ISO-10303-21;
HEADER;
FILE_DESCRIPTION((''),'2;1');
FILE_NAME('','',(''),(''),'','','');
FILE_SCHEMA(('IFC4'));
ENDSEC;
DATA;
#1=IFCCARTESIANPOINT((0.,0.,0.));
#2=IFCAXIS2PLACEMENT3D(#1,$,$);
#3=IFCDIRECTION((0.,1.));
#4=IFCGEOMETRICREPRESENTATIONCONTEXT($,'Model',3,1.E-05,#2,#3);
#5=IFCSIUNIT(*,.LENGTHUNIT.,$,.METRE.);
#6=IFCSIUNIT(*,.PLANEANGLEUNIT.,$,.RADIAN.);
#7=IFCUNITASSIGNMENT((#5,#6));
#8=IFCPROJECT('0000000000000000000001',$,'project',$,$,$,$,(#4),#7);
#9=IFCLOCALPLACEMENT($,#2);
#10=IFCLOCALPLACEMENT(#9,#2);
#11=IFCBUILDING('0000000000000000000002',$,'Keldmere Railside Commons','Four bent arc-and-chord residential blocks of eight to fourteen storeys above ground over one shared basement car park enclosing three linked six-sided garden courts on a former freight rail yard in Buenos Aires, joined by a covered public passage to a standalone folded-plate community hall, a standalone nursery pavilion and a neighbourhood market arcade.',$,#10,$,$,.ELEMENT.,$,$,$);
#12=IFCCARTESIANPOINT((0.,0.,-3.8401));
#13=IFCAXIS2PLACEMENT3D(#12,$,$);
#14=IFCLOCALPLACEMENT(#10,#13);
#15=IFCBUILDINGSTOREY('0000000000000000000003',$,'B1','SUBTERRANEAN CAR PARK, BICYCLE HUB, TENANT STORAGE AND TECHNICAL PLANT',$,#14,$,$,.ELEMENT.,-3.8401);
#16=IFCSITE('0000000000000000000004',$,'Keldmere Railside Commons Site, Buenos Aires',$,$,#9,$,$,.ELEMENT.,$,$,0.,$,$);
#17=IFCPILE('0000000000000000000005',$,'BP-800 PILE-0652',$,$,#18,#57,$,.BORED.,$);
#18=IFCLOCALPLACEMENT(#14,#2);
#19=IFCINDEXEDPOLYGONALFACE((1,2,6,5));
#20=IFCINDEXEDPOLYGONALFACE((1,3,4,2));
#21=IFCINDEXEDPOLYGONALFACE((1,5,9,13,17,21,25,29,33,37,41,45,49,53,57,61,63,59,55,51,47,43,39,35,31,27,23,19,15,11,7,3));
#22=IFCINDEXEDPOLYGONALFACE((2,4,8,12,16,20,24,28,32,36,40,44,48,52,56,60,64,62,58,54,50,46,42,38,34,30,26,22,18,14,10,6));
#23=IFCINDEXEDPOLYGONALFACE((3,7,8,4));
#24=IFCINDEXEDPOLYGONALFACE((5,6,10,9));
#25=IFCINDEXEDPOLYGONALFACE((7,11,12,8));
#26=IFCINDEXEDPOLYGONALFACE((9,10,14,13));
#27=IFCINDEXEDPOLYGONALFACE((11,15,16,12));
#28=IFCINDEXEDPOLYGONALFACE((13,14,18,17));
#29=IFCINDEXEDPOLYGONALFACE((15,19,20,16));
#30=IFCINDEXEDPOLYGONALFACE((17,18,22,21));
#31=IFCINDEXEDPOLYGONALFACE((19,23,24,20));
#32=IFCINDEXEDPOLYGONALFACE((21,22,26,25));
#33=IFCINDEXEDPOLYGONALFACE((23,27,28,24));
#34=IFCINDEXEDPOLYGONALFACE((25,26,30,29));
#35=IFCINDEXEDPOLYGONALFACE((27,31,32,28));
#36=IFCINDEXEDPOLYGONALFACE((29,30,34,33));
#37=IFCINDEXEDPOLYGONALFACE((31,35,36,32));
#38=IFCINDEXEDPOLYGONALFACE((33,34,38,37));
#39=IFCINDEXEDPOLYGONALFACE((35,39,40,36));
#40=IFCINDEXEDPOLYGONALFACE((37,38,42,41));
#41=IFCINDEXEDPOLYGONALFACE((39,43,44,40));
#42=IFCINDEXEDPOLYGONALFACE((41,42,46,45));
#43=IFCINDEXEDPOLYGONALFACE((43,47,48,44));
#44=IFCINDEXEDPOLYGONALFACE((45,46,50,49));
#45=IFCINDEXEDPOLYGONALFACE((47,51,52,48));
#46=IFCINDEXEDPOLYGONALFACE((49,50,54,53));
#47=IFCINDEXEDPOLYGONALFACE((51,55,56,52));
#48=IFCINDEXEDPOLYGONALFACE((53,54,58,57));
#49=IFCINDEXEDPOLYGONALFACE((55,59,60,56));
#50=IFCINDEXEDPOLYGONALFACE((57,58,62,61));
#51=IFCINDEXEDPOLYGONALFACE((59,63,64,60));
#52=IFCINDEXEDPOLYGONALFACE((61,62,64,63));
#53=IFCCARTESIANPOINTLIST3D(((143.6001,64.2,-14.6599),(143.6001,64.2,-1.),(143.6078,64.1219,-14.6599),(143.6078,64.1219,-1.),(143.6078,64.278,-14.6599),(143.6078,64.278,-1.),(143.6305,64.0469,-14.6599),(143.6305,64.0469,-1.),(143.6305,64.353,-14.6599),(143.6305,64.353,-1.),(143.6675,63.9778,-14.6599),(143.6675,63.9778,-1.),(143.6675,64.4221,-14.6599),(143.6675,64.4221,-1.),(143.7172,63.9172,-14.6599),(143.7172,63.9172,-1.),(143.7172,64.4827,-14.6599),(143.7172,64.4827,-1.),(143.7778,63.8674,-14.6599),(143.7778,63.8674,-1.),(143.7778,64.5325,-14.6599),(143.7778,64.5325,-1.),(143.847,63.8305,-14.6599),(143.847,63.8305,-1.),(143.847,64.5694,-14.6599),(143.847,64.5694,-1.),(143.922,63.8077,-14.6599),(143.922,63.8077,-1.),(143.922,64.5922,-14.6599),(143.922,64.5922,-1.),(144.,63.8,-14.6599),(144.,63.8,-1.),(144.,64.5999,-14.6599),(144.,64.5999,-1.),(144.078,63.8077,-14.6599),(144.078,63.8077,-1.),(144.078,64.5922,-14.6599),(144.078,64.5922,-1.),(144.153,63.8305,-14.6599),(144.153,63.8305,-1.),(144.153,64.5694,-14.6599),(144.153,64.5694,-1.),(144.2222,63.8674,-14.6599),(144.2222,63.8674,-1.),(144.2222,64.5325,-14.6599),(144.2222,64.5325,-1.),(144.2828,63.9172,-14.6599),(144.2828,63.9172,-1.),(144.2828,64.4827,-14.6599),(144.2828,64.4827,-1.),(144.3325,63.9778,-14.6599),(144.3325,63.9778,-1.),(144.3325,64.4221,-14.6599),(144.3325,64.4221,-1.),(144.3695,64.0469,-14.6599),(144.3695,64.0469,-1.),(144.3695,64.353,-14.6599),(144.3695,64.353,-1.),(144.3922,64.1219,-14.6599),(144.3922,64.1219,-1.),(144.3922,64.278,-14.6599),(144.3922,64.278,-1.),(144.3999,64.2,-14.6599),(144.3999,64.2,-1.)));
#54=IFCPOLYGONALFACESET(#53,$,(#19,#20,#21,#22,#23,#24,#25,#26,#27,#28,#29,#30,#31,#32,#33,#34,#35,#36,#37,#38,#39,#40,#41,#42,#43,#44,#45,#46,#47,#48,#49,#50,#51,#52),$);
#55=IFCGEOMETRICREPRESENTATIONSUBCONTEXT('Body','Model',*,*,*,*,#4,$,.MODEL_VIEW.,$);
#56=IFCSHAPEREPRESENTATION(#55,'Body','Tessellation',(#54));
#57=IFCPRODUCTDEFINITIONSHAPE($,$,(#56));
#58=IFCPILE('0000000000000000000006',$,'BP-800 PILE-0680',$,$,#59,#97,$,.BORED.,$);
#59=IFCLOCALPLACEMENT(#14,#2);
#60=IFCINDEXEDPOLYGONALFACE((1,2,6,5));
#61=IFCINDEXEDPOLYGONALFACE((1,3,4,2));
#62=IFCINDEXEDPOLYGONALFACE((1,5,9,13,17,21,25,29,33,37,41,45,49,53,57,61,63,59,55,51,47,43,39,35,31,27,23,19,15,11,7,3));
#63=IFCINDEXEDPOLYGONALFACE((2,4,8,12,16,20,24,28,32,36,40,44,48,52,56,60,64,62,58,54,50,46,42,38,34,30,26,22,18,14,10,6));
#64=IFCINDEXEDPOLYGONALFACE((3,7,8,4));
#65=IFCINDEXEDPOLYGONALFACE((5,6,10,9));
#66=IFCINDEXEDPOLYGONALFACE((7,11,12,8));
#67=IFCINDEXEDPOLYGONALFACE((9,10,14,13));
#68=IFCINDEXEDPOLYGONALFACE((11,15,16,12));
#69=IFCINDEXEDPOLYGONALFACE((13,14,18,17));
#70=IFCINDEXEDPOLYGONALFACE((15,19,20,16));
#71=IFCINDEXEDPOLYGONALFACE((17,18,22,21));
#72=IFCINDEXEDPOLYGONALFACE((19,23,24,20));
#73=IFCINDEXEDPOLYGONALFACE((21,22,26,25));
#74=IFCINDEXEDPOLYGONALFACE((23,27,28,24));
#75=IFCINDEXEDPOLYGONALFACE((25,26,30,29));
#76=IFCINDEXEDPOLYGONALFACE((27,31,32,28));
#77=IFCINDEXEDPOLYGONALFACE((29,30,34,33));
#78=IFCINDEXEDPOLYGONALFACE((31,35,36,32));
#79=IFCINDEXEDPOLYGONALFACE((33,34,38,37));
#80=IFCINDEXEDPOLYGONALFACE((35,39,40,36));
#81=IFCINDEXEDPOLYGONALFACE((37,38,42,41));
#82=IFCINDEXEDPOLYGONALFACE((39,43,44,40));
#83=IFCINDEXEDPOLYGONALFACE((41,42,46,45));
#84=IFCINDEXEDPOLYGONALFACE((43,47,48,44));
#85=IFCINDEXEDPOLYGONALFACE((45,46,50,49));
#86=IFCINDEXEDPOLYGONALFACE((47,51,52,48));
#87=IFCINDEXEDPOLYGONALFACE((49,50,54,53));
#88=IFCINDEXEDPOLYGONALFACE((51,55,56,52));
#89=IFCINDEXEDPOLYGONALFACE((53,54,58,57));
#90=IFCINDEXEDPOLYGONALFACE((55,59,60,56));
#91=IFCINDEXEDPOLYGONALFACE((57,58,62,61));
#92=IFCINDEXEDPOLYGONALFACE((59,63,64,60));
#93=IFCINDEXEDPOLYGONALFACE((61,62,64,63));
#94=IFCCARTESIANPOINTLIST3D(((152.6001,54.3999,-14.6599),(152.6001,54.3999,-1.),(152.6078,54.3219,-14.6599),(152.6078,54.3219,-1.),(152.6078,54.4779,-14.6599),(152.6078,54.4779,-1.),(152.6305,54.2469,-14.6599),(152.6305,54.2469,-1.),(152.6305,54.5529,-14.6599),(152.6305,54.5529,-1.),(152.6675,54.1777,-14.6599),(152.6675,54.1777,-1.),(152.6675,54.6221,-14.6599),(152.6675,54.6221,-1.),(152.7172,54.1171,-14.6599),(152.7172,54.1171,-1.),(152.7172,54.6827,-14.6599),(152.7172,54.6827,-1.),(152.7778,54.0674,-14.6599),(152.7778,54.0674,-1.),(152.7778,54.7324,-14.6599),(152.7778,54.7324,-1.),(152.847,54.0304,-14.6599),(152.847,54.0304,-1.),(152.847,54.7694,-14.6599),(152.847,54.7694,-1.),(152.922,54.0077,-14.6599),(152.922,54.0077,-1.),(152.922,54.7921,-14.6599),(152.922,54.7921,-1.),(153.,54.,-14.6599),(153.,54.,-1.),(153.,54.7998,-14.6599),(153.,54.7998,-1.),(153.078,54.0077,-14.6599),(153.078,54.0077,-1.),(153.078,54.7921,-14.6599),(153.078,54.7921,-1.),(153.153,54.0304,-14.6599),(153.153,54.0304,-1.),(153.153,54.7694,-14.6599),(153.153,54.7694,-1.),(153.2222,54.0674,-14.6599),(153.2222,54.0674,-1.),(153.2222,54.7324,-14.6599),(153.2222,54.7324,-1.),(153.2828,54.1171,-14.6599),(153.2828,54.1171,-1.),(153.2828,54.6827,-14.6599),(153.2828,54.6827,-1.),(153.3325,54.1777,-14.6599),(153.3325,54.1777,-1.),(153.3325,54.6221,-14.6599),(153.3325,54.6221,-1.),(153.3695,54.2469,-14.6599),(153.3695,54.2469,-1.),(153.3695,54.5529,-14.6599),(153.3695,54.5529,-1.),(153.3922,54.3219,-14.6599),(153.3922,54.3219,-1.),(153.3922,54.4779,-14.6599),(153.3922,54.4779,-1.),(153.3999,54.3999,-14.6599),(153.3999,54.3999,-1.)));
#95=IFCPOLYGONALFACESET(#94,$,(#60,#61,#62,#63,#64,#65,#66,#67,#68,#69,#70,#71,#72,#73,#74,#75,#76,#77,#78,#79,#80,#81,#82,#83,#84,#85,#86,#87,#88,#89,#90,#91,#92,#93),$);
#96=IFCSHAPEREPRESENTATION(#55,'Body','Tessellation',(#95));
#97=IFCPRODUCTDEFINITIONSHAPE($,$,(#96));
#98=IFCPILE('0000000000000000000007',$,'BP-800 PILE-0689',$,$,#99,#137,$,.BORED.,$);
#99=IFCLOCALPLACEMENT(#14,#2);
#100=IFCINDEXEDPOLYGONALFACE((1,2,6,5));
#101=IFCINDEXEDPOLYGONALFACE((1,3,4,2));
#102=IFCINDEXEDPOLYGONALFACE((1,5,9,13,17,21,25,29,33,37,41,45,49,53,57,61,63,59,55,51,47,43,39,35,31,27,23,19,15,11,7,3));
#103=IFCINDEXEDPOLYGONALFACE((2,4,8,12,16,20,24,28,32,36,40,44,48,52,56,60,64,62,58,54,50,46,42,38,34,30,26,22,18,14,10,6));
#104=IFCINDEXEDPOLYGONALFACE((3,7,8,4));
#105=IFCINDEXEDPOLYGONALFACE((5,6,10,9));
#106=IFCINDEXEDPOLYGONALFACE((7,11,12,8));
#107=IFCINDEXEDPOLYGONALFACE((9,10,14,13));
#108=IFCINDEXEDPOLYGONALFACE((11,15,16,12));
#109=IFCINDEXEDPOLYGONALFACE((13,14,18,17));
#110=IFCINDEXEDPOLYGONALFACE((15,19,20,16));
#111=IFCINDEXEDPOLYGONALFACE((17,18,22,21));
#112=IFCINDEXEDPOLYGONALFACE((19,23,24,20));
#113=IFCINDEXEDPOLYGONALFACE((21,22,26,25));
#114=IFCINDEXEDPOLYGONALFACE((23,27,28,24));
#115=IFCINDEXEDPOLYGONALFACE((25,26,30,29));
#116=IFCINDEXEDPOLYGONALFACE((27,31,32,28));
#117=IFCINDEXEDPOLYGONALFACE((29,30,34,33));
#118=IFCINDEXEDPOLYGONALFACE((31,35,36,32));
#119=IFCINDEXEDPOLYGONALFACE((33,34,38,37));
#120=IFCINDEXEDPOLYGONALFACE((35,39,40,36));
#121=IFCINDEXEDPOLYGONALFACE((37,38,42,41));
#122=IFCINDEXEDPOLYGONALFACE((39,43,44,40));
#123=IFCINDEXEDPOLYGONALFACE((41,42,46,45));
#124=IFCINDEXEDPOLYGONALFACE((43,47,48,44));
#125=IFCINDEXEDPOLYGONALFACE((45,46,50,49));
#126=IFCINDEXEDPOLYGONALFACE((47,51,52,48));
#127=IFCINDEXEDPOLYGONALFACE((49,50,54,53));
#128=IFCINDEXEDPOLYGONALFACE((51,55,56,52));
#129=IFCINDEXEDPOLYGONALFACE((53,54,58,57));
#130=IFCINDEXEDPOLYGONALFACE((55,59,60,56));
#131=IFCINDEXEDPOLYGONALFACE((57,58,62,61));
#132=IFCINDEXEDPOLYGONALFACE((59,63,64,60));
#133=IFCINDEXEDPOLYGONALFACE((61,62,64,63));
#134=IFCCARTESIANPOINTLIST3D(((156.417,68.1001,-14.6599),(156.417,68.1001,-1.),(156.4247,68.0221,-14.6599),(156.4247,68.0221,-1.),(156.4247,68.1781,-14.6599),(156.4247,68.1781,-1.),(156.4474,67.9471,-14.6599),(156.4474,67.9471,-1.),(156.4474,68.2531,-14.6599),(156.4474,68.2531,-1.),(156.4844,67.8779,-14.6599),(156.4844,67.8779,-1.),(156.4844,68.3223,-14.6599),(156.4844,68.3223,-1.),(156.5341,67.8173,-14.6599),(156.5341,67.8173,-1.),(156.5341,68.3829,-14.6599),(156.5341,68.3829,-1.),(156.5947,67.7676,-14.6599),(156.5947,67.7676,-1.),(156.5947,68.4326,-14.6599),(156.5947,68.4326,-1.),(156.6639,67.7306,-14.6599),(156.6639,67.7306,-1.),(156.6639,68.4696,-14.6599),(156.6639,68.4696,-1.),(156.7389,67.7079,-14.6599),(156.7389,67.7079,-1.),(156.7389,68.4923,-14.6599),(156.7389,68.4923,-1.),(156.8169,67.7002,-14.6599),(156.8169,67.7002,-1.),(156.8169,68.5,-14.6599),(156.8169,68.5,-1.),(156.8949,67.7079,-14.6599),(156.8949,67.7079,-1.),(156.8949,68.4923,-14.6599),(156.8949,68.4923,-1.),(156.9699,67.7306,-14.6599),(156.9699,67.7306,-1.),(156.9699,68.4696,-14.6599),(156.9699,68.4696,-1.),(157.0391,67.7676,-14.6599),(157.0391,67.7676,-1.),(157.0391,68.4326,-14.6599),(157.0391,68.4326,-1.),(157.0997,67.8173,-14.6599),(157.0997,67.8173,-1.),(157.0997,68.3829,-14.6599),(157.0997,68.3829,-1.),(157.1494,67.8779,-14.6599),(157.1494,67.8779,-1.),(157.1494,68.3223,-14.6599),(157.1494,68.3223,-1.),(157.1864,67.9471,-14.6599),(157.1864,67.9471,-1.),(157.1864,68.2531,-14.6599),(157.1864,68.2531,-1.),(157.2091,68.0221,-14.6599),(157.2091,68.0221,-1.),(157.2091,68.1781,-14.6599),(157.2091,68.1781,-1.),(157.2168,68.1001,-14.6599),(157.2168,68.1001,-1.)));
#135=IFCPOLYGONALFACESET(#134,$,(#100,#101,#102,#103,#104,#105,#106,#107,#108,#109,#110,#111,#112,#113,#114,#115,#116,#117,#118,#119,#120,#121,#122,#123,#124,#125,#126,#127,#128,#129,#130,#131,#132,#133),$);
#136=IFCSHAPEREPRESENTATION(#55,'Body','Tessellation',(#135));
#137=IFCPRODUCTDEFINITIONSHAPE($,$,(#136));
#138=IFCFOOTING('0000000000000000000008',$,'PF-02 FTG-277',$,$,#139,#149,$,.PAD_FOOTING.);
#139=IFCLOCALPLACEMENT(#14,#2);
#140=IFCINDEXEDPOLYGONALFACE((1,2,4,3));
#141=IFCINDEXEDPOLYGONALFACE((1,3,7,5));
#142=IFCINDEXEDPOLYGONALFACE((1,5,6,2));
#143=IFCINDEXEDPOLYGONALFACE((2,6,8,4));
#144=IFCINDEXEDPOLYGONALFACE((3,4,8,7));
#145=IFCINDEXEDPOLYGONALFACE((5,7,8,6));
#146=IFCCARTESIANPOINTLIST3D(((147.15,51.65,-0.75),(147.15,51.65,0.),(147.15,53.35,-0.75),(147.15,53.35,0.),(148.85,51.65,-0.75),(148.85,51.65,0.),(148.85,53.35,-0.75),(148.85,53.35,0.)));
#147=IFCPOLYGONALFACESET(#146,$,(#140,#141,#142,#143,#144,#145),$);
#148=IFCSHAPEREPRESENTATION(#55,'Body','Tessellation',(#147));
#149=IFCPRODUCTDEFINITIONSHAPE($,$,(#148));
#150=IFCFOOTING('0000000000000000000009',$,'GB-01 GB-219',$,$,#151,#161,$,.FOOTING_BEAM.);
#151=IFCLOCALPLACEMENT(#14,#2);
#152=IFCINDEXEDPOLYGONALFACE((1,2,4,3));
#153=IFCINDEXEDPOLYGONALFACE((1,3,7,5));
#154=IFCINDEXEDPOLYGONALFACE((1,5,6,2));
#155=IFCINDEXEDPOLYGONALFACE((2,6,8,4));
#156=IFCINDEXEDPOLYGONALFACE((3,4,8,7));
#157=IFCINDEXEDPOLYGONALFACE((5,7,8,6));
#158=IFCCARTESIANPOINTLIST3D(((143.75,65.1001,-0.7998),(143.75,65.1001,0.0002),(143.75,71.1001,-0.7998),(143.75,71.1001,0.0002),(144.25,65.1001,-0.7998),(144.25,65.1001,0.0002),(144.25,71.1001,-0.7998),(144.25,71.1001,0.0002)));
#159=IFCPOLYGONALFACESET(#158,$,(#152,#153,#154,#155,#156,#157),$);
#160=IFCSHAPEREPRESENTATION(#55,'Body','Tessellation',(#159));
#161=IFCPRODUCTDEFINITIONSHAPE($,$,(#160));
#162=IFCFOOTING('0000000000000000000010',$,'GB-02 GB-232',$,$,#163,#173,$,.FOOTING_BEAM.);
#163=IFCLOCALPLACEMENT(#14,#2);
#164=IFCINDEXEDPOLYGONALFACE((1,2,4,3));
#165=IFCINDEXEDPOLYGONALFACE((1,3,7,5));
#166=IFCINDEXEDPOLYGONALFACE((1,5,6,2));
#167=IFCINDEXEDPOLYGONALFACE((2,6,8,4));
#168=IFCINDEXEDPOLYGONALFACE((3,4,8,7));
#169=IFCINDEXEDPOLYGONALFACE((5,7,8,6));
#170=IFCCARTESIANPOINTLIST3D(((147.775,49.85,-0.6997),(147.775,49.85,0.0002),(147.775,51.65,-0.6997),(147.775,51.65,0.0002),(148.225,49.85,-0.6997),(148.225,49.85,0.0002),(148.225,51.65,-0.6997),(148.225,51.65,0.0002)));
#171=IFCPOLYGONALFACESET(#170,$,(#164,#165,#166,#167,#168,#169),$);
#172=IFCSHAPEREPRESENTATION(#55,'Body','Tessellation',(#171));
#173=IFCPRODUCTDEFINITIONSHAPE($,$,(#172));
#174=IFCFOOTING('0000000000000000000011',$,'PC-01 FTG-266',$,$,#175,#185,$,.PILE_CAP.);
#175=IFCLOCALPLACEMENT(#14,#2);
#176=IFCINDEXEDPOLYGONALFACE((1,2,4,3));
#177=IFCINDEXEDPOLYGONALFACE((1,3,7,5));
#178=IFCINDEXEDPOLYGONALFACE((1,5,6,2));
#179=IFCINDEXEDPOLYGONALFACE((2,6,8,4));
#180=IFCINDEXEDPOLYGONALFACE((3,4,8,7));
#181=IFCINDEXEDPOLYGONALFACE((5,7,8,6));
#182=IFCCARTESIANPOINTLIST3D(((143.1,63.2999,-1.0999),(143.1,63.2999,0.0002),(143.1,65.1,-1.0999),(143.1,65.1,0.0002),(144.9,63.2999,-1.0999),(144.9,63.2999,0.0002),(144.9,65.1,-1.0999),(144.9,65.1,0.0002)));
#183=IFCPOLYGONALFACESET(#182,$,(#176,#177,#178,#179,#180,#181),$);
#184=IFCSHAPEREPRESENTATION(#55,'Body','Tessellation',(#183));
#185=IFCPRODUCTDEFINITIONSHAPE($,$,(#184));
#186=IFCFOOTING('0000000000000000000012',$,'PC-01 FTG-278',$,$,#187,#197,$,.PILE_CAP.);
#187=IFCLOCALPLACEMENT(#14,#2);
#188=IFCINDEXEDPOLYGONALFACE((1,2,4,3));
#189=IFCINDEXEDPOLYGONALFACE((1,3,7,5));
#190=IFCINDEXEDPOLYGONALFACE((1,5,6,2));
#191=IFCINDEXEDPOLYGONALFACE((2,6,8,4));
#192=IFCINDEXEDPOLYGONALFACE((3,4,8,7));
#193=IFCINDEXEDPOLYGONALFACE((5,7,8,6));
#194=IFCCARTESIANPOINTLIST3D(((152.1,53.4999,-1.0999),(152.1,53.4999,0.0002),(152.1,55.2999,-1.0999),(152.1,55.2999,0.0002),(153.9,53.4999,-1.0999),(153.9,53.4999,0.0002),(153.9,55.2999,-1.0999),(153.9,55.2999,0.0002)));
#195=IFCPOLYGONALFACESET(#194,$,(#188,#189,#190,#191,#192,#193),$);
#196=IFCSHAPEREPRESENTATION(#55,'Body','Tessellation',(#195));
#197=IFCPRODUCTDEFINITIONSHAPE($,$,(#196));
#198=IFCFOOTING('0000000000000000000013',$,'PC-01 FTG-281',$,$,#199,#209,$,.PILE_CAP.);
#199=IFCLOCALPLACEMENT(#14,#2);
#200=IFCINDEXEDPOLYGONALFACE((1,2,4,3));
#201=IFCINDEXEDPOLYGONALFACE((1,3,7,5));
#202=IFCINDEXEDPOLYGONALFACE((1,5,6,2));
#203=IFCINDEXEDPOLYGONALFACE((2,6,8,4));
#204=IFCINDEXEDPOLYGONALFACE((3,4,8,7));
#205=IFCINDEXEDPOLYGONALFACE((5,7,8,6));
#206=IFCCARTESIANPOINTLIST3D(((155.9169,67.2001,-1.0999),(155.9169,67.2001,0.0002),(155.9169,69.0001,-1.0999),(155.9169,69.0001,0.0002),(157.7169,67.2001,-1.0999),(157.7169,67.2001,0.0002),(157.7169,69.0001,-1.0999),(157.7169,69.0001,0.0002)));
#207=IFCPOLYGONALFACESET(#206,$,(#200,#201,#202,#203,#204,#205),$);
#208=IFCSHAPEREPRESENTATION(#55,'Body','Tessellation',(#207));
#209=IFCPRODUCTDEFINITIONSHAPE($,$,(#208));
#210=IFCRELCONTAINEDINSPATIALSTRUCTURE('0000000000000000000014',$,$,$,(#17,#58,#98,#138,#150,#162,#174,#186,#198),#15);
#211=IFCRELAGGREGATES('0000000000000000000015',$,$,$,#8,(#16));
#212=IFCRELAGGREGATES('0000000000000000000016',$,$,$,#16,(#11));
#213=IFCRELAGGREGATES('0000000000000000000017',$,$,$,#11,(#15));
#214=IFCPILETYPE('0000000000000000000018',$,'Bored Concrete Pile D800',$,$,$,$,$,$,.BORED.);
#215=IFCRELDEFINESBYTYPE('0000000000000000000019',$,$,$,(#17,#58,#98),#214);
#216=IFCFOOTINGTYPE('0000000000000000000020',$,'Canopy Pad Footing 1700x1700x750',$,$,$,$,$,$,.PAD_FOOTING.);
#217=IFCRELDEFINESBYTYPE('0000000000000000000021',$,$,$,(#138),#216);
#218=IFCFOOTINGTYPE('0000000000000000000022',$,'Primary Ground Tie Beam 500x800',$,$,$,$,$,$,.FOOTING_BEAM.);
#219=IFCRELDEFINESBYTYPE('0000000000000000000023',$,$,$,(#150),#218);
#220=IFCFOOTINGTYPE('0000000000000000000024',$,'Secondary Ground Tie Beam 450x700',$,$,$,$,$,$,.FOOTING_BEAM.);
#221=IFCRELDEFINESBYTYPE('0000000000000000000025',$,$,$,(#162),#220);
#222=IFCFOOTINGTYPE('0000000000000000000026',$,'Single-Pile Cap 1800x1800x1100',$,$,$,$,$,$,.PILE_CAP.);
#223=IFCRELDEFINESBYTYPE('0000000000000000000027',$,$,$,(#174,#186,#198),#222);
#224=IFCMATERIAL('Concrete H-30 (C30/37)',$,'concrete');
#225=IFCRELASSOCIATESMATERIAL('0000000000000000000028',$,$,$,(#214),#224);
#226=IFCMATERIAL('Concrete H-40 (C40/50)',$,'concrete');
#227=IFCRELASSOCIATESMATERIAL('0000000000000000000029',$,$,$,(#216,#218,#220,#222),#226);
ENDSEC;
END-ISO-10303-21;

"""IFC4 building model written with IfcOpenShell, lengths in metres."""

from ifc_helpers import new_model, si_unit, direction, frame, origin, origin_2d, place, context, subcontext, project, spatial, rectangle, circle, extrude, material, material_profile, profile_set, type_object, element, save


model = new_model("IFC4")

# Units and contexts
model_context = context("Model", 3, precision=1e-05, world=origin(), true_north=direction((0.0, 1.0)))
body_context = subcontext(model_context, "Body", "Model", "MODEL_VIEW")
ifc_project = project(units=[si_unit("LENGTHUNIT", "METRE"), si_unit("PLANEANGLEUNIT", "RADIAN")], contexts=[model_context])

# Site, building, storey
site_placement = place(None, origin())
site = spatial("IfcSite", under=ifc_project, at=site_placement, Name="Keldmere Railside Commons Site, Buenos Aires", CompositionType="ELEMENT", RefElevation=0.0)
building_placement = place(site_placement, origin())
building = spatial("IfcBuilding", under=site, at=building_placement, Name="Keldmere Railside Commons", Description="Four bent arc-and-chord residential blocks of eight to fourteen storeys above ground over one shared basement car park enclosing three linked six-sided garden courts on a former freight rail yard in Buenos Aires, joined by a covered public passage to a standalone folded-plate community hall, a standalone nursery pavilion and a neighbourhood market arcade.", CompositionType="ELEMENT")
storey_placement = place(building_placement, frame((0.0, 0.0, -3.8401)))
storey = spatial("IfcBuildingStorey", under=building, at=storey_placement, Name="B1", Description="SUBTERRANEAN CAR PARK, BICYCLE HUB, TENANT STORAGE AND TECHNICAL PLANT", CompositionType="ELEMENT", Elevation=-3.8401)

# Piles
ifc_material_1 = material(Name="Concrete H-30 (C30/37)", Category="concrete")
ifc_material_profile_1 = material_profile(ifc_material_1, circle(Radius=0.3999, at=origin_2d()), Name="PILE-D800")
ifc_profile_set_1 = profile_set([ifc_material_profile_1], Name="Concrete H-30 (C30/37)")
pile_type = type_object("IfcPileType", Name="Bored Concrete Pile D800", PredefinedType="BORED", material=ifc_profile_set_1)
for number, where, z_axis, x_axis, name in (
    (1, (144.0, 64.2, -1.0), (0.0, 0.0, -1.0), (1.0, 0.0, 0.0), "BP-800 PILE-0652"),
    (2, (153.0, 54.3999, -1.0), (0.0, 0.0, -1.0), (1.0, 0.0, 0.0), "BP-800 PILE-0680"),
    (3, (156.8169, 68.1001, -1.0), (0.0, 0.0, -1.0), (1.0, 0.0, 0.0), "BP-800 PILE-0689"),
):
    element("IfcPile", number, at=place(storey_placement, frame(where, z_axis=z_axis, x_axis=x_axis)), inside=storey, type_object=pile_type, Name=name, PredefinedType="BORED", context=body_context, shape_type="SweptSolid", body=[
        extrude(circle(Radius=0.3999, at=origin_2d()), origin(), (0.0, 0.0, 1.0), 13.6599),
    ])

# Footings
ifc_material_2 = material(Name="Concrete H-40 (C40/50)", Category="concrete")
footing_type_1 = type_object("IfcFootingType", Name="Canopy Pad Footing 1700x1700x750", PredefinedType="PAD_FOOTING", material=ifc_material_2)
footing_1_placement = place(storey_placement, frame((148.0, 52.5, -0.75), z_axis=(0.0, 0.0, 1.0), x_axis=(1.0, 0.0, 0.0)))
element("IfcFooting", 4, at=footing_1_placement, inside=storey, type_object=footing_type_1, Name="PF-02 FTG-277", PredefinedType="PAD_FOOTING", context=body_context, shape_type="SweptSolid", body=[
    extrude(rectangle(XDim=1.7, YDim=1.7, at=origin_2d()), origin(), (0.0, 0.0, 1.0), 0.75),
])
footing_type_2 = type_object("IfcFootingType", Name="Primary Ground Tie Beam 500x800", PredefinedType="FOOTING_BEAM", material=ifc_material_2)
footing_2_placement = place(storey_placement, frame((144.0, 68.1001, -0.7998), z_axis=(0.0, 0.0, 1.0), x_axis=(0.0, 1.0, 0.0)))
element("IfcFooting", 5, at=footing_2_placement, inside=storey, type_object=footing_type_2, Name="GB-01 GB-219", PredefinedType="FOOTING_BEAM", context=body_context, shape_type="SweptSolid", body=[
    extrude(rectangle(XDim=6.0, YDim=0.5, at=origin_2d()), origin(), (0.0, 0.0, 1.0), 0.8),
])
footing_type_3 = type_object("IfcFootingType", Name="Secondary Ground Tie Beam 450x700", PredefinedType="FOOTING_BEAM", material=ifc_material_2)
footing_3_placement = place(storey_placement, frame((148.0, 50.75, -0.6997), z_axis=(0.0, 0.0, 1.0), x_axis=(0.0, 1.0, 0.0)))
element("IfcFooting", 6, at=footing_3_placement, inside=storey, type_object=footing_type_3, Name="GB-02 GB-232", PredefinedType="FOOTING_BEAM", context=body_context, shape_type="SweptSolid", body=[
    extrude(rectangle(XDim=1.8, YDim=0.45, at=origin_2d()), origin(), (0.0, 0.0, 1.0), 0.7),
])
footing_type_4 = type_object("IfcFootingType", Name="Single-Pile Cap 1800x1800x1100", PredefinedType="PILE_CAP", material=ifc_material_2)
for number, where, z_axis, x_axis, name in (
    (7, (144.0, 64.2, -1.0999), (0.0, 0.0, 1.0), (1.0, 0.0, 0.0), "PC-01 FTG-266"),
    (8, (153.0, 54.3999, -1.0999), (0.0, 0.0, 1.0), (1.0, 0.0, 0.0), "PC-01 FTG-278"),
    (9, (156.8169, 68.1001, -1.0999), (0.0, 0.0, 1.0), (1.0, 0.0, 0.0), "PC-01 FTG-281"),
):
    element("IfcFooting", number, at=place(storey_placement, frame(where, z_axis=z_axis, x_axis=x_axis)), inside=storey, type_object=footing_type_4, Name=name, PredefinedType="PILE_CAP", context=body_context, shape_type="SweptSolid", body=[
        extrude(rectangle(XDim=1.8, YDim=1.8, at=origin_2d()), origin(), (0.0, 0.0, 1.0), 1.1001),
    ])

save(model, "model.ifc")
